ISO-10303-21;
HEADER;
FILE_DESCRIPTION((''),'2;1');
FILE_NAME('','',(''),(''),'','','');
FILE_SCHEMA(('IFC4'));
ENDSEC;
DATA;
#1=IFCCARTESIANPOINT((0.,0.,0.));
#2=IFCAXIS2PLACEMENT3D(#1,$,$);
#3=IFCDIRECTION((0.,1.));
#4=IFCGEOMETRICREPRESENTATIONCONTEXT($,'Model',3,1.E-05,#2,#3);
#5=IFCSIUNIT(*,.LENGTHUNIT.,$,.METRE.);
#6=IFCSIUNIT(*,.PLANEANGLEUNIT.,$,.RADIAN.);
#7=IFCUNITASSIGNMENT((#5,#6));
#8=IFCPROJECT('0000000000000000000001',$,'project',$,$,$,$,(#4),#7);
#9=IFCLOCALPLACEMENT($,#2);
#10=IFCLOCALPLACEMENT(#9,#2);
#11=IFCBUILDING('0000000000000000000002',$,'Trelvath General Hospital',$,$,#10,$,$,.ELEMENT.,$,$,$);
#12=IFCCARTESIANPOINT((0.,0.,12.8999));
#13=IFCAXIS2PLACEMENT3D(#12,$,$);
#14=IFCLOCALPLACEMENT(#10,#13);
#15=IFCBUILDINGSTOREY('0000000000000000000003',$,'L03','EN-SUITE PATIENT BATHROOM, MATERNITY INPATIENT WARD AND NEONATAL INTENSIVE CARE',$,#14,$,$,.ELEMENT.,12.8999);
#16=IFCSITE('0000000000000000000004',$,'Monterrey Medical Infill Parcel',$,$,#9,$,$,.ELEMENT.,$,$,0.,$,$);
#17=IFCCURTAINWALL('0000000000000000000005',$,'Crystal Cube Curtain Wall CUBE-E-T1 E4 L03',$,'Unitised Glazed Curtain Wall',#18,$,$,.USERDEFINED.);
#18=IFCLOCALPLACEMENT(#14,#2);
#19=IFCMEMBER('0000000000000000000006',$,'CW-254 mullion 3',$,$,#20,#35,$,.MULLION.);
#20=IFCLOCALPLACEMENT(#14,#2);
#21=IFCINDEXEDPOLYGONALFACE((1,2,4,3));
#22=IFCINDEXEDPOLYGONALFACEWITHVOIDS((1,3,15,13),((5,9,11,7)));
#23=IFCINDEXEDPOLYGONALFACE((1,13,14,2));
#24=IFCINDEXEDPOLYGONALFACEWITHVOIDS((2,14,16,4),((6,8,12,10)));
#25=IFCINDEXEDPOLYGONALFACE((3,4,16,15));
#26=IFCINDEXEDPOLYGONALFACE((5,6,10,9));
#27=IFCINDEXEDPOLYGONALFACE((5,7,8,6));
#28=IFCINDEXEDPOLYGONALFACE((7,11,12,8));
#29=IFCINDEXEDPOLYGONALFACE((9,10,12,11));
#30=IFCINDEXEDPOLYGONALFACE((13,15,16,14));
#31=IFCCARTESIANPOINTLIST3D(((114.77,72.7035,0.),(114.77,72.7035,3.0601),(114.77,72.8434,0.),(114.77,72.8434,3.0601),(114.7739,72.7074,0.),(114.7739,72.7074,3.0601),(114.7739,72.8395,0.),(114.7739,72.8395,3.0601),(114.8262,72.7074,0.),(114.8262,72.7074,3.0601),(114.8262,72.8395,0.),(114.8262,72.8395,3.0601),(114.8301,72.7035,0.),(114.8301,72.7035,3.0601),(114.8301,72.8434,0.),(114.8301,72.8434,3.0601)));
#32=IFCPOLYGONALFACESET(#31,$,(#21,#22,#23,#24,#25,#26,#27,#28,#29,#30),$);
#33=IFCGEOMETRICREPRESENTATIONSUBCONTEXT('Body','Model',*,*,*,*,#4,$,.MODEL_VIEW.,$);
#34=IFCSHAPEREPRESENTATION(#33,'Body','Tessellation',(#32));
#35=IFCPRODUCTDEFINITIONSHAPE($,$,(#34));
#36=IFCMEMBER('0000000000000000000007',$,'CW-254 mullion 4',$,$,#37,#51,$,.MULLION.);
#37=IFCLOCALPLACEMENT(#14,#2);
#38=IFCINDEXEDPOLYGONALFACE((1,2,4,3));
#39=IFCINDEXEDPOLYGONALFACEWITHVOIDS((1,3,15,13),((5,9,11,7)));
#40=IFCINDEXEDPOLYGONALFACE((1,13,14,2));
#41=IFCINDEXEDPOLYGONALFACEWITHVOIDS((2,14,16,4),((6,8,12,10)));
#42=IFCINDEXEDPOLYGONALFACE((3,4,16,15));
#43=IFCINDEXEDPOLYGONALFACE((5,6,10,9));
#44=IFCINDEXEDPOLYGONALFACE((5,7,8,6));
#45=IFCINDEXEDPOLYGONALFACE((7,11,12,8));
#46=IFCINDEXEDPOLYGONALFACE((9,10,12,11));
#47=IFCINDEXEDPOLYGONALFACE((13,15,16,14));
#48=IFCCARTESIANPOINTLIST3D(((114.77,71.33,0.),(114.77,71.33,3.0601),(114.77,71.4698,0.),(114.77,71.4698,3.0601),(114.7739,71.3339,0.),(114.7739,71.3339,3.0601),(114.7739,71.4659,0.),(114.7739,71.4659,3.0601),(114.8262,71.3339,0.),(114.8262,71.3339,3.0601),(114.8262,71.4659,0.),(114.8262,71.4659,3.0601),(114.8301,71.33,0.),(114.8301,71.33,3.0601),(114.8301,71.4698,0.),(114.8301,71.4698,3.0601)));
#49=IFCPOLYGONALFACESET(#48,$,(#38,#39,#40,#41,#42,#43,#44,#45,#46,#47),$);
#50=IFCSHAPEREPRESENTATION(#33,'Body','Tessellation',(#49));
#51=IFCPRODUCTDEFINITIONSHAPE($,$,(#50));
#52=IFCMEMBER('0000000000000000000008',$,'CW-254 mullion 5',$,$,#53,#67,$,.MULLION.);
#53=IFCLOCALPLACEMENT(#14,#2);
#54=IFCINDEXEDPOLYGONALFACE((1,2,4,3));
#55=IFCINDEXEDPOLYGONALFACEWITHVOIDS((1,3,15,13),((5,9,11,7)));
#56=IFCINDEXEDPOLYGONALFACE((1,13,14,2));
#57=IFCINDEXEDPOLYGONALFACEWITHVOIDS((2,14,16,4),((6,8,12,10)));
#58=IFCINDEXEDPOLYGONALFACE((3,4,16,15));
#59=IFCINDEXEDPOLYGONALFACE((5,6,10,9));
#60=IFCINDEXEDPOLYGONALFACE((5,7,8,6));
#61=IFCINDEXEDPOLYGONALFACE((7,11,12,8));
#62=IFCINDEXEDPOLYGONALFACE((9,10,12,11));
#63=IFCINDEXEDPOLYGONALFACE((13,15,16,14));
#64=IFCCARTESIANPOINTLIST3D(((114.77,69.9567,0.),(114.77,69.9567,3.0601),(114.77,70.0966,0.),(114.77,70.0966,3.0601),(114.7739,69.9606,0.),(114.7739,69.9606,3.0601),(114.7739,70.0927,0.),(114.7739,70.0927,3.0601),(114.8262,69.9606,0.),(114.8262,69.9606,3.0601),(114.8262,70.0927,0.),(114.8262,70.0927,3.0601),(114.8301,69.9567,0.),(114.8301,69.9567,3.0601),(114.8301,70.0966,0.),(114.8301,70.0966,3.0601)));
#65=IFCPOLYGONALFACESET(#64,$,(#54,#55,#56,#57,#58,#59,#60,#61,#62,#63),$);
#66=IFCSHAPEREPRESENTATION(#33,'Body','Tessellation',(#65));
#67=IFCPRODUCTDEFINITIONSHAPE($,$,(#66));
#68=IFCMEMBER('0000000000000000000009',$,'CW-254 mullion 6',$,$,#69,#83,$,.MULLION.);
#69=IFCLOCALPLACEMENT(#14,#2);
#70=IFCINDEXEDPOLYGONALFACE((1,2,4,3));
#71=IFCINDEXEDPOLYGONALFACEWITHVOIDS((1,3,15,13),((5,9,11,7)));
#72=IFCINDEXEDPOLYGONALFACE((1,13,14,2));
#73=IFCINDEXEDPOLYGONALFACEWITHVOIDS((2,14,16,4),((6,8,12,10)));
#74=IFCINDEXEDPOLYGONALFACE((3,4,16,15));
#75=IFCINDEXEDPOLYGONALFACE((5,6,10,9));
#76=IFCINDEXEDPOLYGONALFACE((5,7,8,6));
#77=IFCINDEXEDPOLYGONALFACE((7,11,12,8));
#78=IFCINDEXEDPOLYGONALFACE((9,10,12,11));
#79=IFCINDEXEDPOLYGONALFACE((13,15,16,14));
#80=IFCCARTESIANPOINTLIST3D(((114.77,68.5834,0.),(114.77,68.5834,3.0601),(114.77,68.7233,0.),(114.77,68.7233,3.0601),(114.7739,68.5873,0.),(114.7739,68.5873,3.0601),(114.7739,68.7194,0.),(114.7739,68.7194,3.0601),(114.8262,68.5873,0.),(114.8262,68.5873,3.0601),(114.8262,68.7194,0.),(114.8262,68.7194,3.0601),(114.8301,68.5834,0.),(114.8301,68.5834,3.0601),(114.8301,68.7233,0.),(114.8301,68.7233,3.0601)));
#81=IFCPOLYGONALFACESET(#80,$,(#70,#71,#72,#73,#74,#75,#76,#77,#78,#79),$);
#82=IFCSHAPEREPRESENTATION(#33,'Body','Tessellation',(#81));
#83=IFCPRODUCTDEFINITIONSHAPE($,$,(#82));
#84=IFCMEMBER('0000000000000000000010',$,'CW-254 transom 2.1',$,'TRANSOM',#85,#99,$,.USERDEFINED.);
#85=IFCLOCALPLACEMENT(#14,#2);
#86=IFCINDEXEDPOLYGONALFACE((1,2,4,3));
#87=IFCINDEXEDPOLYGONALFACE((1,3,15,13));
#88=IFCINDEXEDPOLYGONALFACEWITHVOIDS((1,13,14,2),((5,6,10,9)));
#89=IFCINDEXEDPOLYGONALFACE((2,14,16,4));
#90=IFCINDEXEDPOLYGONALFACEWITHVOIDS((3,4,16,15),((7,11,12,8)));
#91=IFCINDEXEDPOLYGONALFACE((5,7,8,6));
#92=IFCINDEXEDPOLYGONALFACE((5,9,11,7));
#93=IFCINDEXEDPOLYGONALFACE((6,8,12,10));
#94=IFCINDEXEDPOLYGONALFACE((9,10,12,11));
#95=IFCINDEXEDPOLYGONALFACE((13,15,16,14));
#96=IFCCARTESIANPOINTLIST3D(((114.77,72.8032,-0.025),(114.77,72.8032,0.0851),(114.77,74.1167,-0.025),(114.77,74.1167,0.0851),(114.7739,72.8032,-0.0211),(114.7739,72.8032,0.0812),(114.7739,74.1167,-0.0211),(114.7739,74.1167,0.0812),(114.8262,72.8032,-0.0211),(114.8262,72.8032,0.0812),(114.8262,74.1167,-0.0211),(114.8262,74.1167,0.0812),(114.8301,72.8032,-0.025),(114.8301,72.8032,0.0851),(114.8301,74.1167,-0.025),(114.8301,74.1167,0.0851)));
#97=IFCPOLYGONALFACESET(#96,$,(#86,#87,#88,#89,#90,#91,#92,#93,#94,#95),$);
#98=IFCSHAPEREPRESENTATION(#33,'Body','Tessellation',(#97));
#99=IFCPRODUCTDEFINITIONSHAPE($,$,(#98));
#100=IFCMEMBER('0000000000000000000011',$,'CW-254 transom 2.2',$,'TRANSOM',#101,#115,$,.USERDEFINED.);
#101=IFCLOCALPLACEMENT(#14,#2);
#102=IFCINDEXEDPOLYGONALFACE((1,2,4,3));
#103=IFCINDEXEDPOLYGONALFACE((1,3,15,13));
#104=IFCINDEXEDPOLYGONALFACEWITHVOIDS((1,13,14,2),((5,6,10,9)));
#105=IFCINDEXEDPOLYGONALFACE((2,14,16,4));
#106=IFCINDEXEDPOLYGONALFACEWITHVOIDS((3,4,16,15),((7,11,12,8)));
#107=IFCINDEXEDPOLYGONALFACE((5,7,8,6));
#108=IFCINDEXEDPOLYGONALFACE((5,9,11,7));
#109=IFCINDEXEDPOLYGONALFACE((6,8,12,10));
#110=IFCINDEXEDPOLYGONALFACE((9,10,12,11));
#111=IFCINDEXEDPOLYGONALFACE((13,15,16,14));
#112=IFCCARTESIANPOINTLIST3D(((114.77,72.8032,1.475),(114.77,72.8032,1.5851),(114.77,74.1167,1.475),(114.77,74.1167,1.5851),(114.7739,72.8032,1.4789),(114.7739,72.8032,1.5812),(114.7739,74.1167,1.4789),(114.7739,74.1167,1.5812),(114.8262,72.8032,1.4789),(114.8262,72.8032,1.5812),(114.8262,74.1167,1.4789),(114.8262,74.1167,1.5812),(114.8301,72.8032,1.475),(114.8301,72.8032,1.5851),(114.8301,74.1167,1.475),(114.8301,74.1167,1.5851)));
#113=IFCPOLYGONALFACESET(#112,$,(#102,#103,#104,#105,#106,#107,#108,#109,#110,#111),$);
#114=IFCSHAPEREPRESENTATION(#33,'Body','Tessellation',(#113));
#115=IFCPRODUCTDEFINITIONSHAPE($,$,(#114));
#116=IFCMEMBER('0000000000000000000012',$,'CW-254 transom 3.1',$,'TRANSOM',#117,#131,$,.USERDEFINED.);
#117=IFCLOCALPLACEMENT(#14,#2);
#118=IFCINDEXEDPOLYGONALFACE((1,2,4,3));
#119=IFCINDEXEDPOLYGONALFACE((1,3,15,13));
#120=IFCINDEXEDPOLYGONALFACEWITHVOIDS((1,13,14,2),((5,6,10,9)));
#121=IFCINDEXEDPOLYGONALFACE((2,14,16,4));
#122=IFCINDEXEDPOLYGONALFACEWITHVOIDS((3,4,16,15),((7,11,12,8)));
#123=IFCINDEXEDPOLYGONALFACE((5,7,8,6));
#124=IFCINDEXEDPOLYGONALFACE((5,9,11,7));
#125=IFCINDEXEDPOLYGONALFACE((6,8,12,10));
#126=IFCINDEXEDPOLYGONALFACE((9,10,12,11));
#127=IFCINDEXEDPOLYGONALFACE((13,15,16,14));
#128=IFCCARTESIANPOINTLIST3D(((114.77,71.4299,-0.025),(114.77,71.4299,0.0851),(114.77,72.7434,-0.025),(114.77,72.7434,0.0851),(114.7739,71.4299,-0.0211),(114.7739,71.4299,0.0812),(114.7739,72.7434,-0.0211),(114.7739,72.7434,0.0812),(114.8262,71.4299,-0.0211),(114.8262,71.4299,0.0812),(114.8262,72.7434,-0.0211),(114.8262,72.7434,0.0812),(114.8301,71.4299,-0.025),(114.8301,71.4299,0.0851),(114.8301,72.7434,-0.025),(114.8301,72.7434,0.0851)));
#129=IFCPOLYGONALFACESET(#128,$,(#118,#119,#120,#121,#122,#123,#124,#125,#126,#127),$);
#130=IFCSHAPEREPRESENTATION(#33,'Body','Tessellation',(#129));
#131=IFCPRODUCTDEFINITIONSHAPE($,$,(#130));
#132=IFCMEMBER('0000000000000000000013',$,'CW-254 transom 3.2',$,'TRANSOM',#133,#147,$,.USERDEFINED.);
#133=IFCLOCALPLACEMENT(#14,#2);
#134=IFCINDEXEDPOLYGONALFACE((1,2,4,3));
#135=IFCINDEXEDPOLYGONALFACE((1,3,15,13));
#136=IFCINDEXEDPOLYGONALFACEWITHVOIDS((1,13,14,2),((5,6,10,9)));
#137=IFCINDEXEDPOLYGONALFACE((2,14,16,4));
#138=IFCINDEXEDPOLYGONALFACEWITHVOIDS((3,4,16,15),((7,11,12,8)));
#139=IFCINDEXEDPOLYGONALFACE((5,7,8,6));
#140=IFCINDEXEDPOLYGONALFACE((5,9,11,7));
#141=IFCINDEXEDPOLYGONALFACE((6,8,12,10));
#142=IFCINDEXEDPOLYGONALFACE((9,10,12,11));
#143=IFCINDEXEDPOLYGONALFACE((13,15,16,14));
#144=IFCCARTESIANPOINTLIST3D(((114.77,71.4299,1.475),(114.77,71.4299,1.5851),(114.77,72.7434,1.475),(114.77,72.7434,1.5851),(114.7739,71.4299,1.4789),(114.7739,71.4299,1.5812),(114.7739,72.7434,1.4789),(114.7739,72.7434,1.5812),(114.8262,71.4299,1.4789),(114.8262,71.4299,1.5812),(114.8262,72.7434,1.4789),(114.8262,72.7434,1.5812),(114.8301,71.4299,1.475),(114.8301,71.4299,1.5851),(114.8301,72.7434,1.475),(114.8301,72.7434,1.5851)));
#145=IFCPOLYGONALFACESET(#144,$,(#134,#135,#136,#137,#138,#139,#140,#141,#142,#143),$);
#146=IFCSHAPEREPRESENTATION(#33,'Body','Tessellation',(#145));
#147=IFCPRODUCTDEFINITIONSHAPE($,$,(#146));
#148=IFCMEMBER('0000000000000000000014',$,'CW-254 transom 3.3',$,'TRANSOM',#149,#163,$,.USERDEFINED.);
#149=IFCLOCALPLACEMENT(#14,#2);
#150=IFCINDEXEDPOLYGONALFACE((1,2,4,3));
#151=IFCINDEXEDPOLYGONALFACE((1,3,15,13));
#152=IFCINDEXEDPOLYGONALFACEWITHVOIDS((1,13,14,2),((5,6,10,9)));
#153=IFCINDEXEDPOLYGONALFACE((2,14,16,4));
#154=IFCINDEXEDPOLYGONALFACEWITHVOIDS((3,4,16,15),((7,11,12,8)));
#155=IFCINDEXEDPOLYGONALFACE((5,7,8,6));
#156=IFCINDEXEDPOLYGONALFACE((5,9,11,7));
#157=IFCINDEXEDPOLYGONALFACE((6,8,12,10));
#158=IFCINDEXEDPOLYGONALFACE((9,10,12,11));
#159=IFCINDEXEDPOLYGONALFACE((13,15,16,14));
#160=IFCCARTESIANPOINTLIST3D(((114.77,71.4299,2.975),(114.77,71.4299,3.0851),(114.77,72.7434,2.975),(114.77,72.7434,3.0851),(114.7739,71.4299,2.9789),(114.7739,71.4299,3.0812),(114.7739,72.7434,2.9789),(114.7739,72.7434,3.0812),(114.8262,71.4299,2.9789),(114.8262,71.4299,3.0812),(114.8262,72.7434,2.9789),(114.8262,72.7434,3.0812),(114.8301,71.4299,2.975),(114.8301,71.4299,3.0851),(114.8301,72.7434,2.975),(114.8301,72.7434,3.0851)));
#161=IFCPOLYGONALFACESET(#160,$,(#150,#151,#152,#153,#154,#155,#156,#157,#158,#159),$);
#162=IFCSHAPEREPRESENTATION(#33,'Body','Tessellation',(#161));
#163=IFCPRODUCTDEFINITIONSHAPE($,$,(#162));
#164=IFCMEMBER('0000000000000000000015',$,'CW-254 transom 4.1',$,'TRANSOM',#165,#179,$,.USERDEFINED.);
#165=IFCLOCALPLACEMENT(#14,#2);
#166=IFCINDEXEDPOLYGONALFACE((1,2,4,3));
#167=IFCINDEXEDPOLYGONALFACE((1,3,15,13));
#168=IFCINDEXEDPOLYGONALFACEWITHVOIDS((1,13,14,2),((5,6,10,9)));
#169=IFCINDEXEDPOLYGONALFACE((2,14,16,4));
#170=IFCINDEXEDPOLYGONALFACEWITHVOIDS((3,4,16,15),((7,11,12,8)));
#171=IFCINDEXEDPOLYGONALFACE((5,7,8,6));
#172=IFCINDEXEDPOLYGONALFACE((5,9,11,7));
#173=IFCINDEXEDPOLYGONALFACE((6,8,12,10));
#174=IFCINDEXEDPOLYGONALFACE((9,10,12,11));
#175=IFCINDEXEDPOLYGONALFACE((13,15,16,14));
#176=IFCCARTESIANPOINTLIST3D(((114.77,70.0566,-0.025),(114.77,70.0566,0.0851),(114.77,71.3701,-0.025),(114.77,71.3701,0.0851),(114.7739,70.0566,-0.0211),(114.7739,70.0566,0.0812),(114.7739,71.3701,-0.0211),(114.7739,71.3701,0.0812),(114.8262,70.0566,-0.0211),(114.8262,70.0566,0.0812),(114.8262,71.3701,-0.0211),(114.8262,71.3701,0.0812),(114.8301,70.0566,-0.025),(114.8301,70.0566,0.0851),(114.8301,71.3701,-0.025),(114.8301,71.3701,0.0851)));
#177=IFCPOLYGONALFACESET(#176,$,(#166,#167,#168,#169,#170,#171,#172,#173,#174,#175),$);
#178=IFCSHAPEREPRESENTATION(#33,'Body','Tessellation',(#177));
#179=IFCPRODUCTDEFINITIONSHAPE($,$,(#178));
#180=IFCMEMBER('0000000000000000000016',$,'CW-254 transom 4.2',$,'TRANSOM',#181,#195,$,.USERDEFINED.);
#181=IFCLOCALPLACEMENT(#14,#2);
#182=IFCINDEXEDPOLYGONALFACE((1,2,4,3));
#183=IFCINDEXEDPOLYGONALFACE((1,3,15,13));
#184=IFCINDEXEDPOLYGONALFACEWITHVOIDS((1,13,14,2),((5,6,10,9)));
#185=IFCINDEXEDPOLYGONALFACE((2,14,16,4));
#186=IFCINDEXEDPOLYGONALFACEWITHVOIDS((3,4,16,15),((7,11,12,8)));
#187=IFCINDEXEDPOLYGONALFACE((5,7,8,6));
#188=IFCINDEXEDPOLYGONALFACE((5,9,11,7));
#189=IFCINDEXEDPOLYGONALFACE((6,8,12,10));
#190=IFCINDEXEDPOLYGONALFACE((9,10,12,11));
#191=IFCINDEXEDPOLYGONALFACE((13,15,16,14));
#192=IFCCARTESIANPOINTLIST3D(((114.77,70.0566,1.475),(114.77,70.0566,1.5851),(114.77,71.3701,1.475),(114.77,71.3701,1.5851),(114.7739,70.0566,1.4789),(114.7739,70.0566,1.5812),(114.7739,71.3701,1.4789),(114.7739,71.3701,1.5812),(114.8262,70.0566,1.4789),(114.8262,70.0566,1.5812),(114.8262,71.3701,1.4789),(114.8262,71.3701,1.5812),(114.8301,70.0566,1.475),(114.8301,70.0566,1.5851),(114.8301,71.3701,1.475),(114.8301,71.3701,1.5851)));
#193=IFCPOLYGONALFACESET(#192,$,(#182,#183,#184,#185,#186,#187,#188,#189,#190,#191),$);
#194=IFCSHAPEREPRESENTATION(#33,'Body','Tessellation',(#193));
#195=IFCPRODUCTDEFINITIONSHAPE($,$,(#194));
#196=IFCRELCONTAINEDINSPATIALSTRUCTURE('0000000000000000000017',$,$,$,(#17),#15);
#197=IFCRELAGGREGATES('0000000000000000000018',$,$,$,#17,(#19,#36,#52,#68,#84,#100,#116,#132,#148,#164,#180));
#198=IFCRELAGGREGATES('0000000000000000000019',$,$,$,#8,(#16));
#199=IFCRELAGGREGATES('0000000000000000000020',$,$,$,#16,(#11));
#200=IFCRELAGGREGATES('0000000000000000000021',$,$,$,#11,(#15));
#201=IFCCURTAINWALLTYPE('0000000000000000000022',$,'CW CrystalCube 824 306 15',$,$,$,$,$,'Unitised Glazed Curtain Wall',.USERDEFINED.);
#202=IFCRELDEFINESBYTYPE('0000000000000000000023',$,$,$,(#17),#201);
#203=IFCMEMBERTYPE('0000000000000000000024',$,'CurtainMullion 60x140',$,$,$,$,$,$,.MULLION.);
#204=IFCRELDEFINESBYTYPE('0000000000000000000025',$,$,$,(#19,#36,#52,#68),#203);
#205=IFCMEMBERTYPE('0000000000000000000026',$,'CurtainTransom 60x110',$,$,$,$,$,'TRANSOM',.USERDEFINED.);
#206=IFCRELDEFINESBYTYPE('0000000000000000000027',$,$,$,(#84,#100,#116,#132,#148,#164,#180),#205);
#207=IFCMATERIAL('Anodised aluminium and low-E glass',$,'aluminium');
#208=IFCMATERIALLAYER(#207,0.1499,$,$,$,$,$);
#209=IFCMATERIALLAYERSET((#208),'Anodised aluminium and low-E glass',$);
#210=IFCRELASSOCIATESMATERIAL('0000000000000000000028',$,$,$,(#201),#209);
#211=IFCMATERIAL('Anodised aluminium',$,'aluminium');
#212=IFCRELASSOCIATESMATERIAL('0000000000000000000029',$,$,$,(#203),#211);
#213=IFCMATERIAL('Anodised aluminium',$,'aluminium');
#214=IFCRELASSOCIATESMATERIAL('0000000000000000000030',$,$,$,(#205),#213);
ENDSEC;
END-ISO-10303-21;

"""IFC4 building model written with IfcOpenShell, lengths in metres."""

from ifc_helpers import new_model, si_unit, direction, frame, origin, origin_2d, place, context, subcontext, project, spatial, hollow_rectangle, extrude, material, layer, layer_set, material_profile, profile_set, type_object, element, aggregate, save


model = new_model("IFC4")

# Units and contexts
model_context = context("Model", 3, precision=1e-05, world=origin(), true_north=direction((0.0, 1.0)))
body_context = subcontext(model_context, "Body", "Model", "MODEL_VIEW")
ifc_project = project(units=[si_unit("LENGTHUNIT", "METRE"), si_unit("PLANEANGLEUNIT", "RADIAN")], contexts=[model_context])

# Site, building, storey
site_placement = place(None, origin())
site = spatial("IfcSite", under=ifc_project, at=site_placement, Name="Monterrey Medical Infill Parcel", CompositionType="ELEMENT", RefElevation=0.0)
building_placement = place(site_placement, origin())
building = spatial("IfcBuilding", under=site, at=building_placement, Name="Trelvath General Hospital", CompositionType="ELEMENT")
storey_placement = place(building_placement, frame((0.0, 0.0, 12.8999)))
storey = spatial("IfcBuildingStorey", under=building, at=storey_placement, Name="L03", Description="EN-SUITE PATIENT BATHROOM, MATERNITY INPATIENT WARD AND NEONATAL INTENSIVE CARE", CompositionType="ELEMENT", Elevation=12.8999)

# Curtain wall, members
ifc_material_1 = material(Name="Anodised aluminium and low-E glass", Category="aluminium")
ifc_layer_1 = layer(ifc_material_1, 0.1499)
ifc_layer_set_1 = layer_set([ifc_layer_1], Name="Anodised aluminium and low-E glass")
curtain_wall_type = type_object("IfcCurtainWallType", Name="CW CrystalCube 824 306 15", ElementType="Unitised Glazed Curtain Wall", PredefinedType="USERDEFINED", material=ifc_layer_set_1)
curtain_wall_placement = place(storey_placement, origin())
curtain_wall = element("IfcCurtainWall", 1, at=curtain_wall_placement, inside=storey, type_object=curtain_wall_type, Name="Crystal Cube Curtain Wall CUBE-E-T1 E4 L03", ObjectType="Unitised Glazed Curtain Wall", PredefinedType="USERDEFINED")
ifc_material_2 = material(Name="Anodised aluminium", Category="aluminium")
ifc_material_profile_1 = material_profile(ifc_material_2, hollow_rectangle(XDim=0.0601, YDim=0.1399, WallThickness=0.0039, at=origin_2d()), Name="RHS60x140x4")
ifc_profile_set_1 = profile_set([ifc_material_profile_1], Name="Anodised aluminium")
member_type_1 = type_object("IfcMemberType", Name="CurtainMullion 60x140", PredefinedType="MULLION", material=ifc_profile_set_1)
member_1_placement = place(storey_placement, frame((114.8, 72.7734, 0.0), z_axis=(0.0, 0.0, 1.0), x_axis=(1.0, 0.0, 0.0)))
member_1 = element("IfcMember", 2, at=member_1_placement, type_object=member_type_1, Name="CW-254 mullion 3", PredefinedType="MULLION", context=body_context, shape_type="SweptSolid", body=[
    extrude(hollow_rectangle(XDim=0.0601, YDim=0.1399, WallThickness=0.0039, at=origin_2d()), origin(), (0.0, 0.0, 1.0), 3.0601),
])
member_2_placement = place(storey_placement, frame((114.8, 71.3999, 0.0), z_axis=(0.0, 0.0, 1.0), x_axis=(1.0, 0.0, 0.0)))
member_2 = element("IfcMember", 3, at=member_2_placement, type_object=member_type_1, Name="CW-254 mullion 4", PredefinedType="MULLION", context=body_context, shape_type="SweptSolid", body=[
    extrude(hollow_rectangle(XDim=0.0601, YDim=0.1399, WallThickness=0.0039, at=origin_2d()), origin(), (0.0, 0.0, 1.0), 3.0601),
])
member_3_placement = place(storey_placement, frame((114.8, 70.0266, 0.0), z_axis=(0.0, 0.0, 1.0), x_axis=(1.0, 0.0, 0.0)))
member_3 = element("IfcMember", 4, at=member_3_placement, type_object=member_type_1, Name="CW-254 mullion 5", PredefinedType="MULLION", context=body_context, shape_type="SweptSolid", body=[
    extrude(hollow_rectangle(XDim=0.0601, YDim=0.1399, WallThickness=0.0039, at=origin_2d()), origin(), (0.0, 0.0, 1.0), 3.0601),
])
member_4_placement = place(storey_placement, frame((114.8, 68.6533, 0.0), z_axis=(0.0, 0.0, 1.0), x_axis=(1.0, 0.0, 0.0)))
member_4 = element("IfcMember", 5, at=member_4_placement, type_object=member_type_1, Name="CW-254 mullion 6", PredefinedType="MULLION", context=body_context, shape_type="SweptSolid", body=[
    extrude(hollow_rectangle(XDim=0.0601, YDim=0.1399, WallThickness=0.0039, at=origin_2d()), origin(), (0.0, 0.0, 1.0), 3.0601),
])
ifc_material_3 = material(Name="Anodised aluminium", Category="aluminium")
ifc_material_profile_2 = material_profile(ifc_material_3, hollow_rectangle(XDim=0.0601, YDim=0.1101, WallThickness=0.0039, at=origin_2d()), Name="RHS60x110x4")
ifc_profile_set_2 = profile_set([ifc_material_profile_2], Name="Anodised aluminium")
member_type_2 = type_object("IfcMemberType", Name="CurtainTransom 60x110", ElementType="TRANSOM", PredefinedType="USERDEFINED", material=ifc_profile_set_2)
member_5_placement = place(storey_placement, frame((114.8, 74.1167, 0.03), z_axis=(0.0, -1.0, 0.0), x_axis=(1.0, 0.0, 0.0)))
member_5 = element("IfcMember", 6, at=member_5_placement, type_object=member_type_2, Name="CW-254 transom 2.1", ObjectType="TRANSOM", PredefinedType="USERDEFINED", context=body_context, shape_type="SweptSolid", body=[
    extrude(hollow_rectangle(XDim=0.0601, YDim=0.1101, WallThickness=0.0039, at=origin_2d()), origin(), (0.0, 0.0, 1.0), 1.3135),
])
member_6_placement = place(storey_placement, frame((114.8, 74.1167, 1.53), z_axis=(0.0, -1.0, 0.0), x_axis=(1.0, 0.0, 0.0)))
member_6 = element("IfcMember", 7, at=member_6_placement, type_object=member_type_2, Name="CW-254 transom 2.2", ObjectType="TRANSOM", PredefinedType="USERDEFINED", context=body_context, shape_type="SweptSolid", body=[
    extrude(hollow_rectangle(XDim=0.0601, YDim=0.1101, WallThickness=0.0039, at=origin_2d()), origin(), (0.0, 0.0, 1.0), 1.3135),
])
member_7_placement = place(storey_placement, frame((114.8, 72.7434, 0.03), z_axis=(0.0, -1.0, 0.0), x_axis=(1.0, 0.0, 0.0)))
member_7 = element("IfcMember", 8, at=member_7_placement, type_object=member_type_2, Name="CW-254 transom 3.1", ObjectType="TRANSOM", PredefinedType="USERDEFINED", context=body_context, shape_type="SweptSolid", body=[
    extrude(hollow_rectangle(XDim=0.0601, YDim=0.1101, WallThickness=0.0039, at=origin_2d()), origin(), (0.0, 0.0, 1.0), 1.3135),
])
member_8_placement = place(storey_placement, frame((114.8, 72.7434, 1.53), z_axis=(0.0, -1.0, 0.0), x_axis=(1.0, 0.0, 0.0)))
member_8 = element("IfcMember", 9, at=member_8_placement, type_object=member_type_2, Name="CW-254 transom 3.2", ObjectType="TRANSOM", PredefinedType="USERDEFINED", context=body_context, shape_type="SweptSolid", body=[
    extrude(hollow_rectangle(XDim=0.0601, YDim=0.1101, WallThickness=0.0039, at=origin_2d()), origin(), (0.0, 0.0, 1.0), 1.3135),
])
member_9_placement = place(storey_placement, frame((114.8, 72.7434, 3.03), z_axis=(0.0, -1.0, 0.0), x_axis=(1.0, 0.0, 0.0)))
member_9 = element("IfcMember", 10, at=member_9_placement, type_object=member_type_2, Name="CW-254 transom 3.3", ObjectType="TRANSOM", PredefinedType="USERDEFINED", context=body_context, shape_type="SweptSolid", body=[
    extrude(hollow_rectangle(XDim=0.0601, YDim=0.1101, WallThickness=0.0039, at=origin_2d()), origin(), (0.0, 0.0, 1.0), 1.3135),
])
member_10_placement = place(storey_placement, frame((114.8, 71.3701, 0.03), z_axis=(0.0, -1.0, 0.0), x_axis=(1.0, 0.0, 0.0)))
member_10 = element("IfcMember", 11, at=member_10_placement, type_object=member_type_2, Name="CW-254 transom 4.1", ObjectType="TRANSOM", PredefinedType="USERDEFINED", context=body_context, shape_type="SweptSolid", body=[
    extrude(hollow_rectangle(XDim=0.0601, YDim=0.1101, WallThickness=0.0039, at=origin_2d()), origin(), (0.0, 0.0, 1.0), 1.3135),
])
member_11_placement = place(storey_placement, frame((114.8, 71.3701, 1.53), z_axis=(0.0, -1.0, 0.0), x_axis=(1.0, 0.0, 0.0)))
member_11 = element("IfcMember", 12, at=member_11_placement, type_object=member_type_2, Name="CW-254 transom 4.2", ObjectType="TRANSOM", PredefinedType="USERDEFINED", context=body_context, shape_type="SweptSolid", body=[
    extrude(hollow_rectangle(XDim=0.0601, YDim=0.1101, WallThickness=0.0039, at=origin_2d()), origin(), (0.0, 0.0, 1.0), 1.3135),
])
aggregate(curtain_wall, [member_1, member_2, member_3, member_4, member_5, member_6, member_7, member_8, member_9, member_10, member_11])

save(model, "model.ifc")
